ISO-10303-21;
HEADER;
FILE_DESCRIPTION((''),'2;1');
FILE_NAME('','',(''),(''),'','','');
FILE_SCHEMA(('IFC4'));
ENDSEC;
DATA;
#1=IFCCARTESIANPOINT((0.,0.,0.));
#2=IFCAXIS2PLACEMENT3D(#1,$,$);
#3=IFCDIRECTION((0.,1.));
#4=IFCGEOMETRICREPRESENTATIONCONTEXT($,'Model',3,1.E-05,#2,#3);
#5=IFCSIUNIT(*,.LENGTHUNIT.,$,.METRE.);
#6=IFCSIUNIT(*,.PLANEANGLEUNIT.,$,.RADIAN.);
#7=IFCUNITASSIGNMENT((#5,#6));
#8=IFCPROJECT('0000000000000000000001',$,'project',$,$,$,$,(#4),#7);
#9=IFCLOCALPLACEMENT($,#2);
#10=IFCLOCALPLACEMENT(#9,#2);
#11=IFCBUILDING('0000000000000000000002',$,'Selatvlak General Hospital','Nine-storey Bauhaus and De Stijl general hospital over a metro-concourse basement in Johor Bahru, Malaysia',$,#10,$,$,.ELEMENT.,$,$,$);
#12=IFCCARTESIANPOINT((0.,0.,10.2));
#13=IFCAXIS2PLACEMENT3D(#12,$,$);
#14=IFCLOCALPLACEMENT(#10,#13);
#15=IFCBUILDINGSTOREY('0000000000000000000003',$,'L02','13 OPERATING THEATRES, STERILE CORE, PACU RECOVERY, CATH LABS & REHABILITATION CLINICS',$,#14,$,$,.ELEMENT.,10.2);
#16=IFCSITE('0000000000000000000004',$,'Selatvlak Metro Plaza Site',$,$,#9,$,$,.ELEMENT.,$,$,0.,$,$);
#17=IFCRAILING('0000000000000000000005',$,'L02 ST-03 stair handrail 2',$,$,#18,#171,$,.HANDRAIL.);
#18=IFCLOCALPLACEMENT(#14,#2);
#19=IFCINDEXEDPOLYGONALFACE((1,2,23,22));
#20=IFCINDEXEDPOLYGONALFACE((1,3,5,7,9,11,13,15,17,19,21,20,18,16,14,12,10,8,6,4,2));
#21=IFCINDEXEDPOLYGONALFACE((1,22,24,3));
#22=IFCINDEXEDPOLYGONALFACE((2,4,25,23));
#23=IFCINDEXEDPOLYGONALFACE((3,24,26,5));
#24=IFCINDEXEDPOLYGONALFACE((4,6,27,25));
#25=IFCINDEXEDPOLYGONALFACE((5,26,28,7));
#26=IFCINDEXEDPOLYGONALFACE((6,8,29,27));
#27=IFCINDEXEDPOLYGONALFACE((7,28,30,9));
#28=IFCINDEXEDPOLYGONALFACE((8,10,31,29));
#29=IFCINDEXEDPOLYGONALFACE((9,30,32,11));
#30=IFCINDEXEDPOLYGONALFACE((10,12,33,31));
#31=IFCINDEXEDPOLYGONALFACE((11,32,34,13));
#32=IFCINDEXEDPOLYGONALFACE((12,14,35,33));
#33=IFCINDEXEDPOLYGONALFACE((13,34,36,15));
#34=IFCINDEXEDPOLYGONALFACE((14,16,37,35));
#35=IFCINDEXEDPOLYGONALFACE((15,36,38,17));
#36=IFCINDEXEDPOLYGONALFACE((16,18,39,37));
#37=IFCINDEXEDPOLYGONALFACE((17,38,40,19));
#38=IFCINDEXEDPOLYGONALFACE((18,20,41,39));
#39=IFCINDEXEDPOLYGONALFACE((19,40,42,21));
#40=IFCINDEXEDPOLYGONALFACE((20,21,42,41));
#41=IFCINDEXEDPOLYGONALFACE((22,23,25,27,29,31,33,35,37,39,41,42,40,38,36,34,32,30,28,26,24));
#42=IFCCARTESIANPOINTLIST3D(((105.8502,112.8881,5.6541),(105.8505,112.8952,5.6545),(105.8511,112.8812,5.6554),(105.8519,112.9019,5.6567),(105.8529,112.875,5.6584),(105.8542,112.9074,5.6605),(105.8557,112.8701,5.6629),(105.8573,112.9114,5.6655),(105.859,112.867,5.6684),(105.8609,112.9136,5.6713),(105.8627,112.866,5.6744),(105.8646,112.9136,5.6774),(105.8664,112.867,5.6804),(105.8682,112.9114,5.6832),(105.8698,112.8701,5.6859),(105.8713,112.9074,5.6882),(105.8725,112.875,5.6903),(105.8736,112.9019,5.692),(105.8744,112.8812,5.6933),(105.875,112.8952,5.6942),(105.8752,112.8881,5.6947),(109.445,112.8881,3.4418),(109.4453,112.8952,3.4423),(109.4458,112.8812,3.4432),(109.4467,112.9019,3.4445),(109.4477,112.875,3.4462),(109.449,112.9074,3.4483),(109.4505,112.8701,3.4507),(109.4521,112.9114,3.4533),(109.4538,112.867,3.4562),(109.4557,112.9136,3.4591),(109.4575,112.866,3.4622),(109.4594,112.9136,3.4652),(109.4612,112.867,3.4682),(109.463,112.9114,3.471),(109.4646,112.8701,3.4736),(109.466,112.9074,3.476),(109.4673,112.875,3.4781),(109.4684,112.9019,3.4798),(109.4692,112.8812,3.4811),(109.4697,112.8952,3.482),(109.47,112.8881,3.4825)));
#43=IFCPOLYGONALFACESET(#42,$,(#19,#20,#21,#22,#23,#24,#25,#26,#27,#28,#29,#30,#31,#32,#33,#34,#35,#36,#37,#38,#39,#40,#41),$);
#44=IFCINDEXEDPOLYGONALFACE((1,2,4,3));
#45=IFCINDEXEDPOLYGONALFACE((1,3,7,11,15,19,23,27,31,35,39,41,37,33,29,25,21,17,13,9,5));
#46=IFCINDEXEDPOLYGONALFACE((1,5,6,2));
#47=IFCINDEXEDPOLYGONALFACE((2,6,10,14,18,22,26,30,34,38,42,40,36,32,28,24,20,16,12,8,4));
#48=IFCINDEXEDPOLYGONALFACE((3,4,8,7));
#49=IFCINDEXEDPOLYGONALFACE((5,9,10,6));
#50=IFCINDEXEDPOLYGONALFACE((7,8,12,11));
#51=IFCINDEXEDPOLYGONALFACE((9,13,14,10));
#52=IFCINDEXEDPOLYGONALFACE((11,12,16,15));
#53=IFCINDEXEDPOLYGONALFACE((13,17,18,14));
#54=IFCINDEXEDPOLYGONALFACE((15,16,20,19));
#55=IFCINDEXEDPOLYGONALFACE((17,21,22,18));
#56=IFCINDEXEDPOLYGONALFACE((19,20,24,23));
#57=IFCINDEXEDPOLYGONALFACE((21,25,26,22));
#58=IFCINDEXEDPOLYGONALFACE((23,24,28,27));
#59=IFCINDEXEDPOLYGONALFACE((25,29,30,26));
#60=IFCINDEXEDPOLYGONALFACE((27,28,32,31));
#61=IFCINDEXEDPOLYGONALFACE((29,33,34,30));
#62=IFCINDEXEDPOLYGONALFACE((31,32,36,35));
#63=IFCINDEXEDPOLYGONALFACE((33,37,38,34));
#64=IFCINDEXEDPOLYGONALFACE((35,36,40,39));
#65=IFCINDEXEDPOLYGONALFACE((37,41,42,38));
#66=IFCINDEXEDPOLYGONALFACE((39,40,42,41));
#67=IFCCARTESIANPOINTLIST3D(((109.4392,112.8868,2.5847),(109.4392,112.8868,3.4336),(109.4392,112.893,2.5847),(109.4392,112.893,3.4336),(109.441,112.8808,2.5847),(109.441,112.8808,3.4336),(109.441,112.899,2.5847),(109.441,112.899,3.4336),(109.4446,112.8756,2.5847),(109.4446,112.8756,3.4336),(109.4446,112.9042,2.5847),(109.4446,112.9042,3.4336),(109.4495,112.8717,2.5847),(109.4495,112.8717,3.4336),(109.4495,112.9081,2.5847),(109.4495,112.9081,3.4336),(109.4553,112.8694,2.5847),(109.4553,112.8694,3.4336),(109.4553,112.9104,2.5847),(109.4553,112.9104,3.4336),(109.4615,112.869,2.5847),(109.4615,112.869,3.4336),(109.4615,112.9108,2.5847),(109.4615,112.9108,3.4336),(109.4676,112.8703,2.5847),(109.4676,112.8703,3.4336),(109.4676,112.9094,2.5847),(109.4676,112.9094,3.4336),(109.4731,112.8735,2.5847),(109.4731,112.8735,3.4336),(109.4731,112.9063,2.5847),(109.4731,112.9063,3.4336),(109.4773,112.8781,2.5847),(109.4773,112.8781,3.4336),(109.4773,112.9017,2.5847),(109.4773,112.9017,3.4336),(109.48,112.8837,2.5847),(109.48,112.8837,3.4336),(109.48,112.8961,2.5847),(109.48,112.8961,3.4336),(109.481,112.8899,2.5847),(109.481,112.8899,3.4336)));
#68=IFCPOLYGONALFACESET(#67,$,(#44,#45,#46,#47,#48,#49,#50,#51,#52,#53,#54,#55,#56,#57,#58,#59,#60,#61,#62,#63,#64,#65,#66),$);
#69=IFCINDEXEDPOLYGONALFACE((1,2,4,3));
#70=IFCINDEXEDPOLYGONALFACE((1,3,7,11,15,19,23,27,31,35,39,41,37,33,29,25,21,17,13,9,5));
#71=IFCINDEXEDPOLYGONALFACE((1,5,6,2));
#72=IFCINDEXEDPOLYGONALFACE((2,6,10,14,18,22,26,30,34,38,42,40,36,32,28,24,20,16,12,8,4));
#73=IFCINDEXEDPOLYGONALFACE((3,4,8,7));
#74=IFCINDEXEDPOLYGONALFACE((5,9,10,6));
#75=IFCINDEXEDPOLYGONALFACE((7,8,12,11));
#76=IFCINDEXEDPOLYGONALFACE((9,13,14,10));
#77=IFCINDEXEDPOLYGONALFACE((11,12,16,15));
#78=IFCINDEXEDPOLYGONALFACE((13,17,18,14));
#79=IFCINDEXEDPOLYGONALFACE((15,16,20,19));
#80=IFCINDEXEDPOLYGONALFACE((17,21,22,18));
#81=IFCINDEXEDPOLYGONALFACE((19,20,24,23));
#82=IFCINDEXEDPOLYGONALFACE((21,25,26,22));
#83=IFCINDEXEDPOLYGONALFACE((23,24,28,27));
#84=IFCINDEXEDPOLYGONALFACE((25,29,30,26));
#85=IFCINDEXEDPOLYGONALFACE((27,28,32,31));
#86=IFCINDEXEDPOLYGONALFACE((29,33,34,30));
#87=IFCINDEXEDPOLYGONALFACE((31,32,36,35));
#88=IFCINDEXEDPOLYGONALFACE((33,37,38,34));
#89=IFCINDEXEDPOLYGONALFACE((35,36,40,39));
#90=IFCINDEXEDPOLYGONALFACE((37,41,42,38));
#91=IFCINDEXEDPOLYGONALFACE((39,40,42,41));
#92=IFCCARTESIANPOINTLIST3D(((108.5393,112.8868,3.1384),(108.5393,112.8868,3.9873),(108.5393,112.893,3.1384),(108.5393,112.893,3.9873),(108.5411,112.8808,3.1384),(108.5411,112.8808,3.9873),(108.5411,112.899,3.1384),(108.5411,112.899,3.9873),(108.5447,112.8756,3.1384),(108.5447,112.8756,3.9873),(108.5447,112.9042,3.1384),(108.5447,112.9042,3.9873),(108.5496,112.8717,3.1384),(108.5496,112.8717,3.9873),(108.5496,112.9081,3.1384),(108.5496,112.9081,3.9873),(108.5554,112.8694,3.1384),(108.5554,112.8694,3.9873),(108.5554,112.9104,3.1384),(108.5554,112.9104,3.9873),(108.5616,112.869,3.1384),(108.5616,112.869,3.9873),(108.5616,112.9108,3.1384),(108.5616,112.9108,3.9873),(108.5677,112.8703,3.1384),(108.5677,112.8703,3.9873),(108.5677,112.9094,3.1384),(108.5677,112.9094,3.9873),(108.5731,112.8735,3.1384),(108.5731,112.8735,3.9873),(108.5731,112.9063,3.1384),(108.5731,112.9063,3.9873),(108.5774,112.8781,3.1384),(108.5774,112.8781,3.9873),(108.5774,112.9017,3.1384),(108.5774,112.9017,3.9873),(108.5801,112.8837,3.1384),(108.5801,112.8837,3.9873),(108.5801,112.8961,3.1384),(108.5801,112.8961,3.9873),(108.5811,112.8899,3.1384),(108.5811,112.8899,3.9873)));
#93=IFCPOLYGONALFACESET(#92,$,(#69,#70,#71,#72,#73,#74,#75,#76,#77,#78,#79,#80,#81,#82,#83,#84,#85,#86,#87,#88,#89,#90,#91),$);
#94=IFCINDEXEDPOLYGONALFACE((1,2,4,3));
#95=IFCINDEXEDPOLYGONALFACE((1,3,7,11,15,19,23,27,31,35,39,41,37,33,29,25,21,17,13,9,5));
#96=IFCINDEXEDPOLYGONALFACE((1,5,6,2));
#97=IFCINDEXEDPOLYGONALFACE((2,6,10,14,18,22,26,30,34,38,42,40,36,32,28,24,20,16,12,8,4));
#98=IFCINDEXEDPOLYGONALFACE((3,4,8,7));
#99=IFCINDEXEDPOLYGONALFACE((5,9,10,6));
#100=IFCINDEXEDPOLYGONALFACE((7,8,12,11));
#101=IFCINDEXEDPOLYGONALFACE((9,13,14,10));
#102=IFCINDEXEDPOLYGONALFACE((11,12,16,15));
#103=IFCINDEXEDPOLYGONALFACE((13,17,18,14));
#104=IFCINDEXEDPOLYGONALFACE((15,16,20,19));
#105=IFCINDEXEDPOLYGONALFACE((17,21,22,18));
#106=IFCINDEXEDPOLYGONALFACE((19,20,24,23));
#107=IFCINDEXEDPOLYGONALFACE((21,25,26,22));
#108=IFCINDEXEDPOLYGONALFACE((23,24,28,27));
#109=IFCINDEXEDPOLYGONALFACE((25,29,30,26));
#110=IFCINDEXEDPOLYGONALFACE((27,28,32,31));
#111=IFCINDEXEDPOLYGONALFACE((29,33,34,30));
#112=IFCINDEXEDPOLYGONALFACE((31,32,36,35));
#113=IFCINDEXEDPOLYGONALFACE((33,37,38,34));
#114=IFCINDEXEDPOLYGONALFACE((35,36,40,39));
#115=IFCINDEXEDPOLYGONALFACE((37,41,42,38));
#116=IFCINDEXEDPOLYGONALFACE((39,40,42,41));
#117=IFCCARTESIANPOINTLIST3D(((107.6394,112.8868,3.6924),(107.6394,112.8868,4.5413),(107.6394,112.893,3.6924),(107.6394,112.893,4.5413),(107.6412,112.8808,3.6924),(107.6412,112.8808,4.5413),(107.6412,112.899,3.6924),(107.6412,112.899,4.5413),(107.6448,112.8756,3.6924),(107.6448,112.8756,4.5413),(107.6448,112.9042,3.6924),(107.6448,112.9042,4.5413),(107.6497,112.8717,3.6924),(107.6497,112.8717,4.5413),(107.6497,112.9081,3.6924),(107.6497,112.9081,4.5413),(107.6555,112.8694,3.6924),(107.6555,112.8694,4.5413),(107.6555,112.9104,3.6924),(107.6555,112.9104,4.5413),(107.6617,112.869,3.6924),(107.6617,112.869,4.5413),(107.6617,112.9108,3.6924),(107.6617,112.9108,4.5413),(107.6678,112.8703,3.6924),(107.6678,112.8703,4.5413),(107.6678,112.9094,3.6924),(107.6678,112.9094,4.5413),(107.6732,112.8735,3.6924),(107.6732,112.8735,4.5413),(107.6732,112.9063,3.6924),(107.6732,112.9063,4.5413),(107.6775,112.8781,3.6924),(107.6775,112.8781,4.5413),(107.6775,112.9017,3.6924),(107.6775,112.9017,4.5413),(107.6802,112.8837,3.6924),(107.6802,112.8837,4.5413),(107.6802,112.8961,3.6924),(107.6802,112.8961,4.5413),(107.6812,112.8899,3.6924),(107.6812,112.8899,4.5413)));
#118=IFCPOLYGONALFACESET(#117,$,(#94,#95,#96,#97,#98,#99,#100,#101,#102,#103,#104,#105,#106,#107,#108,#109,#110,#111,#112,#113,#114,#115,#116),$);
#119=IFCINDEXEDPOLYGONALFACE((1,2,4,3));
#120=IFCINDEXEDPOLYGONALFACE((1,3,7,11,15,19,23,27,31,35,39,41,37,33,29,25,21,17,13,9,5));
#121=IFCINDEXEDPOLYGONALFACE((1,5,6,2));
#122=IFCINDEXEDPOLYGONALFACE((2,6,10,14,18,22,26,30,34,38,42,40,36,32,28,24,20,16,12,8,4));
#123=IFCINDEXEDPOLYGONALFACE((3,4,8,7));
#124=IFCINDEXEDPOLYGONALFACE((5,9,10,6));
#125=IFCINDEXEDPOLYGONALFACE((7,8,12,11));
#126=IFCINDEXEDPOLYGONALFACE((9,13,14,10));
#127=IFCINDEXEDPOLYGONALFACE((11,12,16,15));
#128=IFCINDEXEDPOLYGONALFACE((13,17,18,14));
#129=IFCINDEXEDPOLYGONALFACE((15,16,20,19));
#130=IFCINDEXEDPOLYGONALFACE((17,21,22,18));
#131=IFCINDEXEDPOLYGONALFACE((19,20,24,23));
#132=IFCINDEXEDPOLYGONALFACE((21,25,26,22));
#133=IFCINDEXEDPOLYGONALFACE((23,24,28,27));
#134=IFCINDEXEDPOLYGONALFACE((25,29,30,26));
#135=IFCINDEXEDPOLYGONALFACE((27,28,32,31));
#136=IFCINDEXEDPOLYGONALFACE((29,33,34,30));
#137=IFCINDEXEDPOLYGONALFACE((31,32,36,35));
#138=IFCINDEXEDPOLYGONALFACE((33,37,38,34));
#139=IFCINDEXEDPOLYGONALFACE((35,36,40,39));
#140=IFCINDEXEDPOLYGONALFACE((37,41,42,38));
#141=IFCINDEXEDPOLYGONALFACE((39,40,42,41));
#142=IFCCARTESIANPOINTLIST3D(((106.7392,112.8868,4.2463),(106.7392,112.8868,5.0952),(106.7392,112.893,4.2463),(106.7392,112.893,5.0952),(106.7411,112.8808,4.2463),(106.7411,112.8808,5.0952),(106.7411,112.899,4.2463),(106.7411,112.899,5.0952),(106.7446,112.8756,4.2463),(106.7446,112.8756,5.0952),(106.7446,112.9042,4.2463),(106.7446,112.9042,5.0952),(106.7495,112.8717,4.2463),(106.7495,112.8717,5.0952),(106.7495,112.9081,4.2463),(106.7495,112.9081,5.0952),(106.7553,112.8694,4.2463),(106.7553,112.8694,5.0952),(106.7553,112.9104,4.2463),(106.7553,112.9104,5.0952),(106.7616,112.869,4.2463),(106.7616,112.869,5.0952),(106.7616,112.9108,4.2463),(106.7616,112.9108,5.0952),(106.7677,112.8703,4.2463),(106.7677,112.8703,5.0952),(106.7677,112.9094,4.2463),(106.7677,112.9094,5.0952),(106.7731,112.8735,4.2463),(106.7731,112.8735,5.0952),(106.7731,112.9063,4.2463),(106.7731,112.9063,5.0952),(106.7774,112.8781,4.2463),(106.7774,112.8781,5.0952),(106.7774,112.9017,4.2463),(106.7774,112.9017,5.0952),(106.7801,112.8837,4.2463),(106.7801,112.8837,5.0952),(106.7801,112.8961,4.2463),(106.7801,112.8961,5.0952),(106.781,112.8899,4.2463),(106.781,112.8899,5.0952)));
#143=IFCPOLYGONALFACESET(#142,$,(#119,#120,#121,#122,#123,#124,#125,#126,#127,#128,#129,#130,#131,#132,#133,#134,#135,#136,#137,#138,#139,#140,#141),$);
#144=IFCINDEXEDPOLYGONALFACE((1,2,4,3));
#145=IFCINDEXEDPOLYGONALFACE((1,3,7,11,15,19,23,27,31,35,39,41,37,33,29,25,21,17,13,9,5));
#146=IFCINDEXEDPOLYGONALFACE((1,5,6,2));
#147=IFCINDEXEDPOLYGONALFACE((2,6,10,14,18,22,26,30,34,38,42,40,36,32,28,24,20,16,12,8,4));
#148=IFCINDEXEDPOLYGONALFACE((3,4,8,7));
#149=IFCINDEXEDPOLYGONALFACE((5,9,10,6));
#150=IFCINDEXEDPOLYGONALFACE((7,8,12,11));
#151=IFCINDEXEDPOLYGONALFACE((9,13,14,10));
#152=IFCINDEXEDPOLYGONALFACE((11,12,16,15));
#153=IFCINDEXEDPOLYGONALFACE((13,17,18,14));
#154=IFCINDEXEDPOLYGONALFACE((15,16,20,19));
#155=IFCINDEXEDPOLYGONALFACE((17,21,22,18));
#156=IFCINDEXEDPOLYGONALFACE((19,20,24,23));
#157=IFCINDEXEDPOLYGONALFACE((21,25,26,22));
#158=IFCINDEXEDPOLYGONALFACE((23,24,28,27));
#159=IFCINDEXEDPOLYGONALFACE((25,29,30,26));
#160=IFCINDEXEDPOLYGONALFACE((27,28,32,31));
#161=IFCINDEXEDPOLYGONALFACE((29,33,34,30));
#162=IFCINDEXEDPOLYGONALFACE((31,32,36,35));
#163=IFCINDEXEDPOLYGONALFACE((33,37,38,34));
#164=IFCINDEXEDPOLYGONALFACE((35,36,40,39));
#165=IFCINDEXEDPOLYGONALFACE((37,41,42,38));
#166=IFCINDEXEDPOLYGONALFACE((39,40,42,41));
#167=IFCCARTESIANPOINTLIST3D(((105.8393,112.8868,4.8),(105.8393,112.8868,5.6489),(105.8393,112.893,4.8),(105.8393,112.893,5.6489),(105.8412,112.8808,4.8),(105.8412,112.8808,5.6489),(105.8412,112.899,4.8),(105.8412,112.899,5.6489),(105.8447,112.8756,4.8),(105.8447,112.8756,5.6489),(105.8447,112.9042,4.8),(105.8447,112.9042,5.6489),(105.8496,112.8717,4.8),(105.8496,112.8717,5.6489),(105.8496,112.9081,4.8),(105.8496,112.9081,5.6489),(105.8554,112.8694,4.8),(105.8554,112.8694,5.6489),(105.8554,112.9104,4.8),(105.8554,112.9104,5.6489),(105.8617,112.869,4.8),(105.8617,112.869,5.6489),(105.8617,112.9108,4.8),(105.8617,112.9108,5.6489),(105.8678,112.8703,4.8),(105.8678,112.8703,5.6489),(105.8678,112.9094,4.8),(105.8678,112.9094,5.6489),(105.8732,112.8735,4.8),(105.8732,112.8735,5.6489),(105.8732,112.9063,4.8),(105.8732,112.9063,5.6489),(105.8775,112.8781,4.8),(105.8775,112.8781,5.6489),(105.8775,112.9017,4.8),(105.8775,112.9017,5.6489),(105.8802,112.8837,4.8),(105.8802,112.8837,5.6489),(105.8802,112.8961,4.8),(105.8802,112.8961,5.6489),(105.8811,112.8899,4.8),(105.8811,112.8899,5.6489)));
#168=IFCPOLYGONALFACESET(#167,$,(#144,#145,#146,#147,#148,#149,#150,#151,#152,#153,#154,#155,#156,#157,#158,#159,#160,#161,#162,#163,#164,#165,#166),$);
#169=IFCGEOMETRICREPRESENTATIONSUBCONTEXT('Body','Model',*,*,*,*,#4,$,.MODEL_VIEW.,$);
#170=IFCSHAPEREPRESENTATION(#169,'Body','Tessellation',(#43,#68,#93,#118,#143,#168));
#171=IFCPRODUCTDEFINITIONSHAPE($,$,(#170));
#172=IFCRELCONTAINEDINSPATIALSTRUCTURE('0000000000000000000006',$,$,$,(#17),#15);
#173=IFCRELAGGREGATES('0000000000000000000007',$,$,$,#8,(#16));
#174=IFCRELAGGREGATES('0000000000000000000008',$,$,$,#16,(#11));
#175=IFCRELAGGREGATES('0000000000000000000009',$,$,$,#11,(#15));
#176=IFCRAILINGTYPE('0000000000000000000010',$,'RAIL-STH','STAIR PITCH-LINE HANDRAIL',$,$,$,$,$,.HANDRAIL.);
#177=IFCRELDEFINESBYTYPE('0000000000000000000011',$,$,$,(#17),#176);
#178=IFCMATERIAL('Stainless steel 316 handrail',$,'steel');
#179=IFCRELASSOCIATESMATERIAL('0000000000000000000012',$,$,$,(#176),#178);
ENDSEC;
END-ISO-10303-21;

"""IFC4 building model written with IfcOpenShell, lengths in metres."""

from ifc_helpers import new_model, si_unit, direction, frame, origin, origin_2d, place, context, subcontext, project, spatial, circle, extrude, material, type_object, element, save


model = new_model("IFC4")

# Units and contexts
model_context = context("Model", 3, precision=1e-05, world=origin(), true_north=direction((0.0, 1.0)))
body_context = subcontext(model_context, "Body", "Model", "MODEL_VIEW")
ifc_project = project(units=[si_unit("LENGTHUNIT", "METRE"), si_unit("PLANEANGLEUNIT", "RADIAN")], contexts=[model_context])

# Site, building, storey
site_placement = place(None, origin())
site = spatial("IfcSite", under=ifc_project, at=site_placement, Name="Selatvlak Metro Plaza Site", CompositionType="ELEMENT", RefElevation=0.0)
building_placement = place(site_placement, origin())
building = spatial("IfcBuilding", under=site, at=building_placement, Name="Selatvlak General Hospital", Description="Nine-storey Bauhaus and De Stijl general hospital over a metro-concourse basement in Johor Bahru, Malaysia", CompositionType="ELEMENT")
storey_placement = place(building_placement, frame((0.0, 0.0, 10.2)))
storey = spatial("IfcBuildingStorey", under=building, at=storey_placement, Name="L02", Description="13 OPERATING THEATRES, STERILE CORE, PACU RECOVERY, CATH LABS & REHABILITATION CLINICS", CompositionType="ELEMENT", Elevation=10.2)

# Railing
ifc_material_1 = material(Name="Stainless steel 316 handrail", Category="steel")
railing_type_1 = type_object("IfcRailingType", Name="RAIL-STH", Description="STAIR PITCH-LINE HANDRAIL", PredefinedType="HANDRAIL", material=ifc_material_1)
railing_1_placement = place(storey_placement, frame((109.46, 112.8899, 2.5847)))
element("IfcRailing", 1, at=railing_1_placement, inside=storey, type_object=railing_type_1, Name="L02 ST-03 stair handrail 2", PredefinedType="HANDRAIL", context=body_context, shape_type="SweptSolid", body=[
    extrude(circle(Radius=0.0239, at=origin_2d()), frame((-0.0024, 0.0, 0.8774), z_axis=(-0.851654, 0.0, 0.524104), x_axis=(0.0, -1.0, 0.0)), (0.0, 0.0, 1.0), 4.2209),
    extrude(circle(Radius=0.021, at=origin_2d()), origin(), (0.0, 0.0, 1.0), 0.8489),
    extrude(circle(Radius=0.021, at=origin_2d()), frame((-0.8999, 0.0, 0.5537)), (0.0, 0.0, 1.0), 0.8489),
    extrude(circle(Radius=0.021, at=origin_2d()), frame((-1.7998, 0.0, 1.1077)), (0.0, 0.0, 1.0), 0.8489),
    extrude(circle(Radius=0.021, at=origin_2d()), frame((-2.7, 0.0, 1.6616)), (0.0, 0.0, 1.0), 0.8489),
    extrude(circle(Radius=0.021, at=origin_2d()), frame((-3.5999, 0.0, 2.2153)), (0.0, 0.0, 1.0), 0.8489),
])

save(model, "model.ifc")
